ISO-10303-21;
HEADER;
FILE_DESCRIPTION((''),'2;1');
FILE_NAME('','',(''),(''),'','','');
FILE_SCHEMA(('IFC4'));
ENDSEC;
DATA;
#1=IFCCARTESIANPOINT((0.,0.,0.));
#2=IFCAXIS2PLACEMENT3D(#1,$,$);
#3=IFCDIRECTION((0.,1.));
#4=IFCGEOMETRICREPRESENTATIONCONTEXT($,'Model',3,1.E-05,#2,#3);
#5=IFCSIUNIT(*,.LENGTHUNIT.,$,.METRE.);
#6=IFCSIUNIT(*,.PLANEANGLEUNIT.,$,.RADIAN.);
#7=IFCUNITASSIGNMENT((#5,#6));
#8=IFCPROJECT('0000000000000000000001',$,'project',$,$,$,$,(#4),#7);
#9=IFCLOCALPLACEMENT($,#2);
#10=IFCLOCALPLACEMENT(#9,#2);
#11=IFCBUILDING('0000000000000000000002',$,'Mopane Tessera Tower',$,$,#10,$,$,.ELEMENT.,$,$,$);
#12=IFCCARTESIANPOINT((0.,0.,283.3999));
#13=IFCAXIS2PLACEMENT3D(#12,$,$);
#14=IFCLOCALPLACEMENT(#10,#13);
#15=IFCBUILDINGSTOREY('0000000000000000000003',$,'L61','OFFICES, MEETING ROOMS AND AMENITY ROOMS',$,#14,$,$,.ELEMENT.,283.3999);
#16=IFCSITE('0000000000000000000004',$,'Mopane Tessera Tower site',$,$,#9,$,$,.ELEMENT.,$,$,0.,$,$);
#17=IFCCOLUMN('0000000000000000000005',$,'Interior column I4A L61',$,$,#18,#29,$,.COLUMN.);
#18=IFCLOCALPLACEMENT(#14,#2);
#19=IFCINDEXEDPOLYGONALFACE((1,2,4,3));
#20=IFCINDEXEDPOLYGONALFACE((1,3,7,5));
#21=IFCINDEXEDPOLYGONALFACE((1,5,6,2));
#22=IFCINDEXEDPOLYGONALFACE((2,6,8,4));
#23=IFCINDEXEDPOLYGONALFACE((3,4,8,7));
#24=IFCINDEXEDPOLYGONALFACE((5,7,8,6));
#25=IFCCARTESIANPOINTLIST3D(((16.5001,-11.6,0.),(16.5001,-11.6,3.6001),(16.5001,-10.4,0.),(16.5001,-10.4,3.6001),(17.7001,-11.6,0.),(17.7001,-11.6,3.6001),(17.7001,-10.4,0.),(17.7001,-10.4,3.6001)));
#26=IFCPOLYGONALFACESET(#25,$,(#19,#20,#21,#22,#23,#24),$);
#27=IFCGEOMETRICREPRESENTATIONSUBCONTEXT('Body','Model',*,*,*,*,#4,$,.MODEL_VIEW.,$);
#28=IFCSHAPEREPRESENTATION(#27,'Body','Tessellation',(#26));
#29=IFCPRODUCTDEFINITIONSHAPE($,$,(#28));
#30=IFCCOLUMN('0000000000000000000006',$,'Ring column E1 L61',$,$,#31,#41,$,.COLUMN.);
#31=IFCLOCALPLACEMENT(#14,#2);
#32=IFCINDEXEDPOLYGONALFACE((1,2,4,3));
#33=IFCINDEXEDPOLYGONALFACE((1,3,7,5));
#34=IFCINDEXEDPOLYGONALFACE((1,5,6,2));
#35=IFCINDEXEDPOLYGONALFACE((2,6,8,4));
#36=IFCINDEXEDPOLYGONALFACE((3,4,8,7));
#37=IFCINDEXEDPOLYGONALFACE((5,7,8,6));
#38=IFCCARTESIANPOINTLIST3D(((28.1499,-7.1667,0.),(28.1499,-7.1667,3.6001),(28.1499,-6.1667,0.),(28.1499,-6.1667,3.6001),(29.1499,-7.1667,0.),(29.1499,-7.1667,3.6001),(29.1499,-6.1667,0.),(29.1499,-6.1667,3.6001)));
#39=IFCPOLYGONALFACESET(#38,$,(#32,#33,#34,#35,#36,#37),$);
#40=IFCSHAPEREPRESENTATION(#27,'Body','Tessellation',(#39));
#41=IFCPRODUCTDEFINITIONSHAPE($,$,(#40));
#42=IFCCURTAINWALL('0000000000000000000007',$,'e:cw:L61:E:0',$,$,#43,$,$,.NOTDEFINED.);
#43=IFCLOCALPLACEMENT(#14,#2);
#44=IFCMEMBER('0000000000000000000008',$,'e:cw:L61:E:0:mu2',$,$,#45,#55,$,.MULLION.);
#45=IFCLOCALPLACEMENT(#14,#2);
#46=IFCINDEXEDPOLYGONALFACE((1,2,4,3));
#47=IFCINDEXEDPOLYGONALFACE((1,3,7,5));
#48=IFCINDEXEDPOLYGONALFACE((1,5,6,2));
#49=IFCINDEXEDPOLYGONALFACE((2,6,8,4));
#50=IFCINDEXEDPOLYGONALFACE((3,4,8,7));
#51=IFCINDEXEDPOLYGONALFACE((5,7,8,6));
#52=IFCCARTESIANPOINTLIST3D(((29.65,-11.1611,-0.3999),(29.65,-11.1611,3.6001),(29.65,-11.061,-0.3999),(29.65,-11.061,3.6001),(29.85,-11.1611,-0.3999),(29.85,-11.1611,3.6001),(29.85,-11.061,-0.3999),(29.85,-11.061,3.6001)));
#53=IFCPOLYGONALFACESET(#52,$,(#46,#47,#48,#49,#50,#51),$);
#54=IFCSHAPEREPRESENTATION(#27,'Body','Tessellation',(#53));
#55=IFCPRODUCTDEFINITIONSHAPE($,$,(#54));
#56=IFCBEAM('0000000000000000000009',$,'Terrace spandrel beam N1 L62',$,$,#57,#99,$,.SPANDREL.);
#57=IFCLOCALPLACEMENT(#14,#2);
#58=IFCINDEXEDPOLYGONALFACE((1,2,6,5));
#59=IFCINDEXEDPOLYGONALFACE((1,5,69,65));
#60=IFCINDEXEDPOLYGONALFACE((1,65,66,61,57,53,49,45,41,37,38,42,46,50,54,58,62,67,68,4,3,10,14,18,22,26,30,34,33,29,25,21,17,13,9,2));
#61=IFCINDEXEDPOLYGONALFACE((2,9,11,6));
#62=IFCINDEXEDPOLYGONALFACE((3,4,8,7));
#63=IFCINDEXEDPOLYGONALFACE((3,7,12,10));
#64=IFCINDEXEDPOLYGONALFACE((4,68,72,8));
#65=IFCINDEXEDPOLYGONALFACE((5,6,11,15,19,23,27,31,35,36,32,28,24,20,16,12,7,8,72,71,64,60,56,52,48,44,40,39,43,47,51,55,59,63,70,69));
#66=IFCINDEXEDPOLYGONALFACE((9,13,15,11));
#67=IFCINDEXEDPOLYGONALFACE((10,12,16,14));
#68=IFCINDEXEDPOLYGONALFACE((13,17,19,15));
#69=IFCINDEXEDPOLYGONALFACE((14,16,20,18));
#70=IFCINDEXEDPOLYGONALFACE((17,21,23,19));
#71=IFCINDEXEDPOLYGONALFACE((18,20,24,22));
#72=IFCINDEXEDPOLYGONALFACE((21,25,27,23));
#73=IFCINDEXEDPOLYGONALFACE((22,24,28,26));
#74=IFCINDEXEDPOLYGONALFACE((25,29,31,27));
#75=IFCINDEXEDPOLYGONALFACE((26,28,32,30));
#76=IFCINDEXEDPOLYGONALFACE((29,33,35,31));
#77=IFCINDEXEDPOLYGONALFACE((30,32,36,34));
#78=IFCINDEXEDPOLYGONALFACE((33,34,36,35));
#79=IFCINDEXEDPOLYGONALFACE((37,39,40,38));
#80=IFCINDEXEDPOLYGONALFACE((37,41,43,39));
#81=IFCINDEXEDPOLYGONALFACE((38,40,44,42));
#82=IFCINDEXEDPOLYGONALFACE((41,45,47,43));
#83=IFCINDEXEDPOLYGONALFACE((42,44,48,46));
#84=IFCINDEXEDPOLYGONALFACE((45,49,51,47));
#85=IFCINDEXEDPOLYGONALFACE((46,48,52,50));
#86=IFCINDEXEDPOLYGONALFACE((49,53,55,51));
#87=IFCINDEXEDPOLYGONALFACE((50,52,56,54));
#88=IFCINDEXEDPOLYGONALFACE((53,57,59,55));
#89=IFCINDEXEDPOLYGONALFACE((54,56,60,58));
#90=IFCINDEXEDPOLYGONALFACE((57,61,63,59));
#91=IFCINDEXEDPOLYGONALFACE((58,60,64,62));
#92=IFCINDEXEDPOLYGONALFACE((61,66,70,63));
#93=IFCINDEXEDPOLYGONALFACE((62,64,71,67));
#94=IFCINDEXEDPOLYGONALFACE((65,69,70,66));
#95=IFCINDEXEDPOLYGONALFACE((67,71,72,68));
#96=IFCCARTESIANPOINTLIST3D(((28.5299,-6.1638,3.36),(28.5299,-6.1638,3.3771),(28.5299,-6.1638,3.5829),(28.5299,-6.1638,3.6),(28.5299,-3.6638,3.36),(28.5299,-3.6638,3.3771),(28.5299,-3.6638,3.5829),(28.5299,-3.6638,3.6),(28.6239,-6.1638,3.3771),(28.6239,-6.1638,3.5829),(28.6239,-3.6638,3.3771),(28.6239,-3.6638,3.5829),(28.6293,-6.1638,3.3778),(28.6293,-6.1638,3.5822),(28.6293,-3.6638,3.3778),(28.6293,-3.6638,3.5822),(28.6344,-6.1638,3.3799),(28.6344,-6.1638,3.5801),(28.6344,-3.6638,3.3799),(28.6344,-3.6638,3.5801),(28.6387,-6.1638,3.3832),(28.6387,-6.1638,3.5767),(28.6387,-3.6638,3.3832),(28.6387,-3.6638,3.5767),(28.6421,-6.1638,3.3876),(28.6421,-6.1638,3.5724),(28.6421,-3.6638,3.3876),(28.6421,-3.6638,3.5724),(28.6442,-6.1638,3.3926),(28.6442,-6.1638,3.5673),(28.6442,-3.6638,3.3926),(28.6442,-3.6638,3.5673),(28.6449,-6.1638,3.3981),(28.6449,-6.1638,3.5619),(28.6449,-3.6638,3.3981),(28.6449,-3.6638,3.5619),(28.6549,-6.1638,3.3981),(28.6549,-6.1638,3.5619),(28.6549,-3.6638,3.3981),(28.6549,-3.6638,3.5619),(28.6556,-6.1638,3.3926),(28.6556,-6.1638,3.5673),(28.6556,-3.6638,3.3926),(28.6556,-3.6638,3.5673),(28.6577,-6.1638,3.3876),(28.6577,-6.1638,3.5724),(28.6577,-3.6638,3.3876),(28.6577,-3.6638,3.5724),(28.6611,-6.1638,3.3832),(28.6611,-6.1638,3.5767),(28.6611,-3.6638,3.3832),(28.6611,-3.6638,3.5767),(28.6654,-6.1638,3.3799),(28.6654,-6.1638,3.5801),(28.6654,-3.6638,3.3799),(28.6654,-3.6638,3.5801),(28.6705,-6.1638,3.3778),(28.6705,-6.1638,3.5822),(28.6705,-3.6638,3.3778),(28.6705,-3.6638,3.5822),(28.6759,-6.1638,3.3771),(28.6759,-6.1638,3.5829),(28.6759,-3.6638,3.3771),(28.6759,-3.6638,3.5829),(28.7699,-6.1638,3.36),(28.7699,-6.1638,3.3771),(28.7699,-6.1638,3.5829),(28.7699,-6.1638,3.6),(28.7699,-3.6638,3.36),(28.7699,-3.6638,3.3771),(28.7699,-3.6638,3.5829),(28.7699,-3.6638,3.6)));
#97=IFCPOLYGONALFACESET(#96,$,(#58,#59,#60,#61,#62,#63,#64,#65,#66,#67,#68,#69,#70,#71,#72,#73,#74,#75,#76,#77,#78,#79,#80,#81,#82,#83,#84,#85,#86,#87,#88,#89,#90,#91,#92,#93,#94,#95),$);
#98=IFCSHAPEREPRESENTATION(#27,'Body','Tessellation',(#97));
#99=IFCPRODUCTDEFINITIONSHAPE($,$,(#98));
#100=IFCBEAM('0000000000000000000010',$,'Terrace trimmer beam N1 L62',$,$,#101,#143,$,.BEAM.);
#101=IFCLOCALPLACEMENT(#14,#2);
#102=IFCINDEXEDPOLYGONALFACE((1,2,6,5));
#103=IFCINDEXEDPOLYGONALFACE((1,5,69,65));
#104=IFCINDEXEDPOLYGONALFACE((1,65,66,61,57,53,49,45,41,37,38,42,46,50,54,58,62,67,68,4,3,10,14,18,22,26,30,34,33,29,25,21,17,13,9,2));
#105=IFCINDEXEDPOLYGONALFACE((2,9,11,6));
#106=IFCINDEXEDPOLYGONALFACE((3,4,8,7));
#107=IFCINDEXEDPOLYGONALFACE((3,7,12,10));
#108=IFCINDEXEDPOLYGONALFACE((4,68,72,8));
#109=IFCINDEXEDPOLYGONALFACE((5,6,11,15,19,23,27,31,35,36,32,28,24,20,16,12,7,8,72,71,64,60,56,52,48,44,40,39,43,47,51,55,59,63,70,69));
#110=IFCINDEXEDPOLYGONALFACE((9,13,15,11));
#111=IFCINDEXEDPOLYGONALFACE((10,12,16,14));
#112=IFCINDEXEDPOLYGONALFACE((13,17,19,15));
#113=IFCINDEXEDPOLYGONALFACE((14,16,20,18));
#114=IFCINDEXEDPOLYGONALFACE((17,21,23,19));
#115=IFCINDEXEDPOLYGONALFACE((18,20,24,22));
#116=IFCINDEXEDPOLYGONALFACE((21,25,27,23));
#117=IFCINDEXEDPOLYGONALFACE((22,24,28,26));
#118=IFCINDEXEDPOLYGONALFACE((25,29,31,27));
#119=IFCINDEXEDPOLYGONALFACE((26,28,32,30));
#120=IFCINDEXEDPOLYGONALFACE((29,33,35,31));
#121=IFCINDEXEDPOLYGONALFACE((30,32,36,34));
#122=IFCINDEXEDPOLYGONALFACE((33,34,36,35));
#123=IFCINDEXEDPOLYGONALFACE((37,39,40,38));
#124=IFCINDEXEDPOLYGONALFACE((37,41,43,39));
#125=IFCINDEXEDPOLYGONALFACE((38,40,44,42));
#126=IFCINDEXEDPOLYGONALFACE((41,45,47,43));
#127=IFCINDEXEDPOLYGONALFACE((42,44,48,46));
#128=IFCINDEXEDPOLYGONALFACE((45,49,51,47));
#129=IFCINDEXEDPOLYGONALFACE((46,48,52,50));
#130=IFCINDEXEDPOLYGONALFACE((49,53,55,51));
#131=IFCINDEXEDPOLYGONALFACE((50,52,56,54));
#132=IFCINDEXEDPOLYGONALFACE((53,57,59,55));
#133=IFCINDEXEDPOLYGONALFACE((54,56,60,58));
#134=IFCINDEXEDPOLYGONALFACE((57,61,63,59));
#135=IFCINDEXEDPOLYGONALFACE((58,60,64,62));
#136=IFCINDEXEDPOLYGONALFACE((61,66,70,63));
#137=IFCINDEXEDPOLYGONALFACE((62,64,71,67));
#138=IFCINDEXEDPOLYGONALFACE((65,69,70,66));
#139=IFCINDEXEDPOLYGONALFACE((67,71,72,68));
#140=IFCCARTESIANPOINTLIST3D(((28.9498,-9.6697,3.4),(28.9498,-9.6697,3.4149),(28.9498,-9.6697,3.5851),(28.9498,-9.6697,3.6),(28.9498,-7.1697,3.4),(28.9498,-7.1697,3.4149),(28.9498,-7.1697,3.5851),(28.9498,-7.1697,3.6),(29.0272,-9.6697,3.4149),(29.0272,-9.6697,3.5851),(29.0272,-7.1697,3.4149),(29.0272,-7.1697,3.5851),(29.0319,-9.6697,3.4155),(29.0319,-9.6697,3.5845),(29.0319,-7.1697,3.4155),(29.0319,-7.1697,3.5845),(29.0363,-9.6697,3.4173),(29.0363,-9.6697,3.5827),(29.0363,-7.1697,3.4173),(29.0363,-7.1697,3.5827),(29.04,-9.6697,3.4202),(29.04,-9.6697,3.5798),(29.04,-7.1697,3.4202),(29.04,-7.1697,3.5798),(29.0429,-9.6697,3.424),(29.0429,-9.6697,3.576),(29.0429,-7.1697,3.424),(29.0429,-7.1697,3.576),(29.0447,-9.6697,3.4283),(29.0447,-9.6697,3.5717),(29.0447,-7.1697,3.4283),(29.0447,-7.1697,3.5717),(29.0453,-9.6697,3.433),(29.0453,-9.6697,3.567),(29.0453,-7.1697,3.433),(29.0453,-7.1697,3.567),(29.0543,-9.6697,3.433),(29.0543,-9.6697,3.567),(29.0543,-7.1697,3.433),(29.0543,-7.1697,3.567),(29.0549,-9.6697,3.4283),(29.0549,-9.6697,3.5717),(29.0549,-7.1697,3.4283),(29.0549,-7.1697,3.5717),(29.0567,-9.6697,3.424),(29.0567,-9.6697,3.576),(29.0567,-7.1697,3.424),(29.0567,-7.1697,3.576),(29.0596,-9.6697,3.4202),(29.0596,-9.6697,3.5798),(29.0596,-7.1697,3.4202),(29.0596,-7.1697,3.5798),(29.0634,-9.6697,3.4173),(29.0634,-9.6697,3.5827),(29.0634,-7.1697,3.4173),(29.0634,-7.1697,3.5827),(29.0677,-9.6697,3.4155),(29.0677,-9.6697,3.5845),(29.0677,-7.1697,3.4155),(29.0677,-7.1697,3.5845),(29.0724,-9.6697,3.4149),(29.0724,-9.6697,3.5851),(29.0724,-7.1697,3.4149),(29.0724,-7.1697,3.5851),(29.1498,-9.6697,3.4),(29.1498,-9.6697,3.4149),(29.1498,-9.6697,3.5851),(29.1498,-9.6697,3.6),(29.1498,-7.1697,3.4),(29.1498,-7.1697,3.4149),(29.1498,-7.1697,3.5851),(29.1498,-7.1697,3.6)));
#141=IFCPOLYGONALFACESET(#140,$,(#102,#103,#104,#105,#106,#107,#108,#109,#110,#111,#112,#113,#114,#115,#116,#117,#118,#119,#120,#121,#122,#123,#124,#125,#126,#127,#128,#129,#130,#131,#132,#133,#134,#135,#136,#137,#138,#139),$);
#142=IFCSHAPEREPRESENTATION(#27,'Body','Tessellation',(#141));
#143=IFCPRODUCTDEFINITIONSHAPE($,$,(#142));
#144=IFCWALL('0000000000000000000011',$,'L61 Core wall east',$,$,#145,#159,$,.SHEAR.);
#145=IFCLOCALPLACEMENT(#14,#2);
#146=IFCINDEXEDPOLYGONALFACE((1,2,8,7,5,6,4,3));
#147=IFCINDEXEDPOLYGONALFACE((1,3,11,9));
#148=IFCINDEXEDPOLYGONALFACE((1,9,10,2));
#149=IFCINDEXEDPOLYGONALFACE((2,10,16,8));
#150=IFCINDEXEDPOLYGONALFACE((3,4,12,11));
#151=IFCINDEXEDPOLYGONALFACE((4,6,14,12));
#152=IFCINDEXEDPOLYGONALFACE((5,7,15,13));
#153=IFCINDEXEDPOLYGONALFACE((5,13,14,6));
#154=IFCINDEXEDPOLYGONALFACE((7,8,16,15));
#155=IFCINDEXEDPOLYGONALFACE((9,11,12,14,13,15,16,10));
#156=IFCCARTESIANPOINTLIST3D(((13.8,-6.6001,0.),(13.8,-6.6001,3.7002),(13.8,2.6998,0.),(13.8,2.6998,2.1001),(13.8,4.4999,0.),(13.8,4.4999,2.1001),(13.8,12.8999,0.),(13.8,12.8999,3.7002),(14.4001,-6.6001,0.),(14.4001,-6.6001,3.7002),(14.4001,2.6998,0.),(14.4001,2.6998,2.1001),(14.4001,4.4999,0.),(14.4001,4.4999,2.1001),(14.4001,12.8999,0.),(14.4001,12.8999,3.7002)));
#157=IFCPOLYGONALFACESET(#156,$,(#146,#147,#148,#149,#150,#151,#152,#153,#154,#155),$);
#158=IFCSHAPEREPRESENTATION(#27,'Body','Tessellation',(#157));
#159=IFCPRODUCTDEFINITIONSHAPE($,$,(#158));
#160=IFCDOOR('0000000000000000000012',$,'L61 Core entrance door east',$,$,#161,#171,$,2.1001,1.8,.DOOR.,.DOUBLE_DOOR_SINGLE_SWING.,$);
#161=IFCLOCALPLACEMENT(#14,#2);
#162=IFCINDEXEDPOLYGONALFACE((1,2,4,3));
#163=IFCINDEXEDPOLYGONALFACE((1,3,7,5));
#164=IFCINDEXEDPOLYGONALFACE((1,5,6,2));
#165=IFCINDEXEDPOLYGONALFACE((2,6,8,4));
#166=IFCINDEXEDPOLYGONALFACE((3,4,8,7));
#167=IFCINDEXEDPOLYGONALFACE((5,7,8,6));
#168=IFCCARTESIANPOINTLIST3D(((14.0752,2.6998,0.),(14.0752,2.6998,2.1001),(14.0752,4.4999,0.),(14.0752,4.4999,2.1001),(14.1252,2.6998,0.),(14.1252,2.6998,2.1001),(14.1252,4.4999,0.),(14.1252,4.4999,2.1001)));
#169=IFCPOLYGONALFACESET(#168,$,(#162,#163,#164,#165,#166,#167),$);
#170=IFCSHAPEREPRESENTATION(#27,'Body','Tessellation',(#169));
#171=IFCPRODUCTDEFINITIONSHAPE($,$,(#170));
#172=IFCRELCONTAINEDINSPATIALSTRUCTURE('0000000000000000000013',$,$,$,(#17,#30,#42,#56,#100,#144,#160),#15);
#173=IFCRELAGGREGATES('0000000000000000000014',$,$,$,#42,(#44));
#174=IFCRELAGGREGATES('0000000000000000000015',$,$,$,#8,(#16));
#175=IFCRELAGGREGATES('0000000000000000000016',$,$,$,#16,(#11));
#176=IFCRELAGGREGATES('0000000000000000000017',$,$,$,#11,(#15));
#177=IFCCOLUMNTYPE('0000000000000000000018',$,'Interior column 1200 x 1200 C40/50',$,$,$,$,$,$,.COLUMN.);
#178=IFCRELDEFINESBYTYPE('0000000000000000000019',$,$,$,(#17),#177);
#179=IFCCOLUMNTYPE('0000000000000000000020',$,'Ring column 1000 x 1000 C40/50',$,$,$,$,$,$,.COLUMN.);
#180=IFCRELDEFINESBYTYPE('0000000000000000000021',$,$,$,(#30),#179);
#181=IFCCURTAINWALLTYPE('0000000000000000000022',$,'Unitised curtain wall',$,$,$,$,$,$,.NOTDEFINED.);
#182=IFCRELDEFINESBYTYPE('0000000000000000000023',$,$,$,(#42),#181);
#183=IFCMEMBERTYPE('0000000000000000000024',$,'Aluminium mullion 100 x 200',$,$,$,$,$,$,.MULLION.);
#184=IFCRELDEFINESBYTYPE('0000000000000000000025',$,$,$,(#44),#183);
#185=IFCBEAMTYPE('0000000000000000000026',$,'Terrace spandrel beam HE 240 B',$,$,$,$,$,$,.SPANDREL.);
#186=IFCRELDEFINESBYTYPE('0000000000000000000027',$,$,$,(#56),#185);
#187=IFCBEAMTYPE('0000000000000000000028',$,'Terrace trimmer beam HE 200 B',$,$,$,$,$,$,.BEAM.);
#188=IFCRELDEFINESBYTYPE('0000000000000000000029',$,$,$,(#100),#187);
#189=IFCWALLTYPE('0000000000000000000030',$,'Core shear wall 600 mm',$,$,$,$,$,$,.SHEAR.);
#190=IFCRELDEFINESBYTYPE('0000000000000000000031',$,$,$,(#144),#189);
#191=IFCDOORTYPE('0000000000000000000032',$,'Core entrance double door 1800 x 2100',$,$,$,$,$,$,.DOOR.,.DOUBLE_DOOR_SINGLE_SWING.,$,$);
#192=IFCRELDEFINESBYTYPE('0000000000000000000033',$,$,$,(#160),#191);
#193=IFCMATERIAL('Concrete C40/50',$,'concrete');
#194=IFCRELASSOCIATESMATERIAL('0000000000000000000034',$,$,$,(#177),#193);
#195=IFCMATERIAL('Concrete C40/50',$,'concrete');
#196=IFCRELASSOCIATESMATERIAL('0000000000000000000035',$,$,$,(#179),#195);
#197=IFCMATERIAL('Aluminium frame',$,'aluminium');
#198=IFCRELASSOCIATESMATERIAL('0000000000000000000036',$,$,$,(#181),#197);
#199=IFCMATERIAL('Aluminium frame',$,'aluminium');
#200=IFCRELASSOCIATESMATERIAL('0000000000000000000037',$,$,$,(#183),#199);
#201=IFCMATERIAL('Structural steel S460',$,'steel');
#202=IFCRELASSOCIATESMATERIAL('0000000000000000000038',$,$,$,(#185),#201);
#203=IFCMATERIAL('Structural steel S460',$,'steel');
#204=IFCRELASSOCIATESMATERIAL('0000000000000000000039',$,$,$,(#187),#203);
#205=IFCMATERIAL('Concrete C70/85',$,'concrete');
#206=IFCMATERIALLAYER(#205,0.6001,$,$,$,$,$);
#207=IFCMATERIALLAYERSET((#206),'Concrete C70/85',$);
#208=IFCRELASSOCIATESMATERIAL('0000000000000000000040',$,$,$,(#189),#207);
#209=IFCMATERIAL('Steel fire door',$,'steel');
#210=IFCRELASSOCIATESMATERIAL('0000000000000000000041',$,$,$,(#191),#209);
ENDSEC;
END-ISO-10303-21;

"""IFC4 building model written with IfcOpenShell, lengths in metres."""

from ifc_helpers import new_model, si_unit, direction, frame, frame_2d, origin, origin_2d, place, context, subcontext, project, spatial, rectangle, i_section, extrude, material, layer, layer_set, material_profile, profile_set, type_object, element, fill, aggregate, save


model = new_model("IFC4")

# Units and contexts
model_context = context("Model", 3, precision=1e-05, world=origin(), true_north=direction((0.0, 1.0)))
body_context = subcontext(model_context, "Body", "Model", "MODEL_VIEW")
ifc_project = project(units=[si_unit("LENGTHUNIT", "METRE"), si_unit("PLANEANGLEUNIT", "RADIAN")], contexts=[model_context])

# Site, building, storey
site_placement = place(None, origin())
site = spatial("IfcSite", under=ifc_project, at=site_placement, Name="Mopane Tessera Tower site", CompositionType="ELEMENT", RefElevation=0.0)
building_placement = place(site_placement, origin())
building = spatial("IfcBuilding", under=site, at=building_placement, Name="Mopane Tessera Tower", CompositionType="ELEMENT")
storey_placement = place(building_placement, frame((0.0, 0.0, 283.3999)))
storey = spatial("IfcBuildingStorey", under=building, at=storey_placement, Name="L61", Description="OFFICES, MEETING ROOMS AND AMENITY ROOMS", CompositionType="ELEMENT", Elevation=283.3999)

# Columns
ifc_material_1 = material(Name="Concrete C40/50", Category="concrete")
ifc_material_profile_1 = material_profile(ifc_material_1, rectangle(XDim=1.2, YDim=1.2, at=origin_2d()))
ifc_profile_set_1 = profile_set([ifc_material_profile_1], Name="Concrete C40/50")
column_type_1 = type_object("IfcColumnType", Name="Interior column 1200 x 1200 C40/50", PredefinedType="COLUMN", material=ifc_profile_set_1)
column_1_placement = place(storey_placement, frame((17.1001, -11.0, 0.0), z_axis=(0.0, 0.0, 1.0), x_axis=(1.0, 0.0, 0.0)))
element("IfcColumn", 1, at=column_1_placement, inside=storey, type_object=column_type_1, Name="Interior column I4A L61", PredefinedType="COLUMN", context=body_context, shape_type="SweptSolid", body=[
    extrude(rectangle(XDim=1.2, YDim=1.2, at=origin_2d()), origin(), (0.0, 0.0, 1.0), 3.6001),
])
ifc_material_2 = material(Name="Concrete C40/50", Category="concrete")
ifc_material_profile_2 = material_profile(ifc_material_2, rectangle(XDim=1.0, YDim=1.0, at=origin_2d()))
ifc_profile_set_2 = profile_set([ifc_material_profile_2], Name="Concrete C40/50")
column_type_2 = type_object("IfcColumnType", Name="Ring column 1000 x 1000 C40/50", PredefinedType="COLUMN", material=ifc_profile_set_2)
column_2_placement = place(storey_placement, frame((28.6499, -6.6667, 0.0), z_axis=(0.0, 0.0, 1.0), x_axis=(1.0, 0.0, 0.0)))
element("IfcColumn", 2, at=column_2_placement, inside=storey, type_object=column_type_2, Name="Ring column E1 L61", PredefinedType="COLUMN", context=body_context, shape_type="SweptSolid", body=[
    extrude(rectangle(XDim=1.0, YDim=1.0, at=origin_2d()), origin(), (0.0, 0.0, 1.0), 3.6001),
])

# Curtain wall, member
ifc_material_3 = material(Name="Aluminium frame", Category="aluminium")
curtain_wall_type = type_object("IfcCurtainWallType", Name="Unitised curtain wall", PredefinedType="NOTDEFINED", material=ifc_material_3)
curtain_wall_placement = place(storey_placement, origin())
curtain_wall = element("IfcCurtainWall", 3, at=curtain_wall_placement, inside=storey, type_object=curtain_wall_type, Name="e:cw:L61:E:0", PredefinedType="NOTDEFINED")
ifc_material_4 = material(Name="Aluminium frame", Category="aluminium")
ifc_material_profile_3 = material_profile(ifc_material_4, rectangle(XDim=0.1001, YDim=0.2, at=origin_2d()))
ifc_profile_set_3 = profile_set([ifc_material_profile_3], Name="Aluminium frame")
member_type = type_object("IfcMemberType", Name="Aluminium mullion 100 x 200", PredefinedType="MULLION", material=ifc_profile_set_3)
member_placement = place(storey_placement, frame((29.75, -11.1111, -0.3999), z_axis=(0.0, 0.0, 1.0), x_axis=(0.0, 1.0, 0.0)))
member = element("IfcMember", 4, at=member_placement, type_object=member_type, Name="e:cw:L61:E:0:mu2", PredefinedType="MULLION", context=body_context, shape_type="SweptSolid", body=[
    extrude(rectangle(XDim=0.1001, YDim=0.2, at=origin_2d()), origin(), (0.0, 0.0, 1.0), 4.0),
])
aggregate(curtain_wall, [member])

# Beams
ifc_material_5 = material(Name="Structural steel S460", Category="steel")
ifc_material_profile_4 = material_profile(ifc_material_5, i_section(OverallWidth=0.24, OverallDepth=0.24, WebThickness=0.01, FlangeThickness=0.0171, FilletRadius=0.021, at=origin_2d()))
ifc_profile_set_4 = profile_set([ifc_material_profile_4], Name="Structural steel S460")
beam_type_1 = type_object("IfcBeamType", Name="Terrace spandrel beam HE 240 B", PredefinedType="SPANDREL", material=ifc_profile_set_4)
beam_1_placement = place(storey_placement, frame((28.6499, -6.1638, 3.48), z_axis=(0.0, 1.0, 0.0), x_axis=(-1.0, 0.0, 0.0)))
element("IfcBeam", 5, at=beam_1_placement, inside=storey, type_object=beam_type_1, Name="Terrace spandrel beam N1 L62", PredefinedType="SPANDREL", context=body_context, shape_type="SweptSolid", body=[
    extrude(i_section(OverallWidth=0.24, OverallDepth=0.24, WebThickness=0.01, FlangeThickness=0.0171, FilletRadius=0.021, at=origin_2d()), origin(), (0.0, 0.0, 1.0), 2.5),
])
ifc_material_6 = material(Name="Structural steel S460", Category="steel")
ifc_material_profile_5 = material_profile(ifc_material_6, i_section(OverallWidth=0.2, OverallDepth=0.2, WebThickness=0.009, FlangeThickness=0.0149, FilletRadius=0.0181, at=origin_2d()))
ifc_profile_set_5 = profile_set([ifc_material_profile_5], Name="Structural steel S460")
beam_type_2 = type_object("IfcBeamType", Name="Terrace trimmer beam HE 200 B", PredefinedType="BEAM", material=ifc_profile_set_5)
beam_2_placement = place(storey_placement, frame((29.0498, -7.1697, 3.5), z_axis=(0.0, -1.0, 0.0), x_axis=(1.0, 0.0, 0.0)))
element("IfcBeam", 6, at=beam_2_placement, inside=storey, type_object=beam_type_2, Name="Terrace trimmer beam N1 L62", PredefinedType="BEAM", context=body_context, shape_type="SweptSolid", body=[
    extrude(i_section(OverallWidth=0.2, OverallDepth=0.2, WebThickness=0.009, FlangeThickness=0.0149, FilletRadius=0.0181, at=origin_2d()), origin(), (0.0, 0.0, 1.0), 2.5),
])

# Wall, opening, door
ifc_material_7 = material(Name="Concrete C70/85", Category="concrete")
ifc_layer_1 = layer(ifc_material_7, 0.6001)
ifc_layer_set_1 = layer_set([ifc_layer_1], Name="Concrete C70/85")
wall_type_1 = type_object("IfcWallType", Name="Core shear wall 600 mm", PredefinedType="SHEAR", material=ifc_layer_set_1)
wall_1_placement = place(storey_placement, frame((14.1001, -6.6001, 0.0), z_axis=(0.0, 0.0, 1.0), x_axis=(0.0, 1.0, 0.0)))
wall_1 = element("IfcWall", 7, at=wall_1_placement, inside=storey, type_object=wall_type_1, Name="L61 Core wall east", PredefinedType="SHEAR", context=body_context, shape_type="SweptSolid", body=[
    extrude(rectangle(XDim=19.5, YDim=0.6001, at=frame_2d((9.75, 0.0))), origin(), (0.0, 0.0, 1.0), 3.7002),
])
opening_1_placement = place(wall_1_placement, frame((9.3, 0.0, 0.0)))
opening_1 = element("IfcOpeningElement", 8, at=opening_1_placement, cuts=wall_1, PredefinedType="OPENING", context=body_context, shape_type="SweptSolid", body=[
    extrude(rectangle(XDim=1.8, YDim=2.1001, at=frame_2d((0.8999, 1.05))), frame((0.0, 0.312, 0.0), z_axis=(0.0, -1.0, 0.0), x_axis=(1.0, 0.0, 0.0)), (0.0, 0.0, 1.0), 0.624),
])
ifc_material_8 = material(Name="Steel fire door", Category="steel")
door_type_1 = type_object("IfcDoorType", Name="Core entrance double door 1800 x 2100", OperationType="DOUBLE_DOOR_SINGLE_SWING", PredefinedType="DOOR", material=ifc_material_8)
door_1_placement = place(opening_1_placement, origin())
door_1 = element("IfcDoor", 9, at=door_1_placement, inside=storey, type_object=door_type_1, Name="L61 Core entrance door east", OperationType="DOUBLE_DOOR_SINGLE_SWING", OverallHeight=2.1001, OverallWidth=1.8, PredefinedType="DOOR", context=body_context, shape_type="SweptSolid", body=[
    extrude(rectangle(XDim=1.8, YDim=2.1001, at=frame_2d((0.8999, 1.05))), frame((0.0, 0.0249, 0.0), z_axis=(0.0, -1.0, 0.0), x_axis=(1.0, 0.0, 0.0)), (0.0, 0.0, 1.0), 0.05),
])
fill(opening_1, door_1)

save(model, "model.ifc")
